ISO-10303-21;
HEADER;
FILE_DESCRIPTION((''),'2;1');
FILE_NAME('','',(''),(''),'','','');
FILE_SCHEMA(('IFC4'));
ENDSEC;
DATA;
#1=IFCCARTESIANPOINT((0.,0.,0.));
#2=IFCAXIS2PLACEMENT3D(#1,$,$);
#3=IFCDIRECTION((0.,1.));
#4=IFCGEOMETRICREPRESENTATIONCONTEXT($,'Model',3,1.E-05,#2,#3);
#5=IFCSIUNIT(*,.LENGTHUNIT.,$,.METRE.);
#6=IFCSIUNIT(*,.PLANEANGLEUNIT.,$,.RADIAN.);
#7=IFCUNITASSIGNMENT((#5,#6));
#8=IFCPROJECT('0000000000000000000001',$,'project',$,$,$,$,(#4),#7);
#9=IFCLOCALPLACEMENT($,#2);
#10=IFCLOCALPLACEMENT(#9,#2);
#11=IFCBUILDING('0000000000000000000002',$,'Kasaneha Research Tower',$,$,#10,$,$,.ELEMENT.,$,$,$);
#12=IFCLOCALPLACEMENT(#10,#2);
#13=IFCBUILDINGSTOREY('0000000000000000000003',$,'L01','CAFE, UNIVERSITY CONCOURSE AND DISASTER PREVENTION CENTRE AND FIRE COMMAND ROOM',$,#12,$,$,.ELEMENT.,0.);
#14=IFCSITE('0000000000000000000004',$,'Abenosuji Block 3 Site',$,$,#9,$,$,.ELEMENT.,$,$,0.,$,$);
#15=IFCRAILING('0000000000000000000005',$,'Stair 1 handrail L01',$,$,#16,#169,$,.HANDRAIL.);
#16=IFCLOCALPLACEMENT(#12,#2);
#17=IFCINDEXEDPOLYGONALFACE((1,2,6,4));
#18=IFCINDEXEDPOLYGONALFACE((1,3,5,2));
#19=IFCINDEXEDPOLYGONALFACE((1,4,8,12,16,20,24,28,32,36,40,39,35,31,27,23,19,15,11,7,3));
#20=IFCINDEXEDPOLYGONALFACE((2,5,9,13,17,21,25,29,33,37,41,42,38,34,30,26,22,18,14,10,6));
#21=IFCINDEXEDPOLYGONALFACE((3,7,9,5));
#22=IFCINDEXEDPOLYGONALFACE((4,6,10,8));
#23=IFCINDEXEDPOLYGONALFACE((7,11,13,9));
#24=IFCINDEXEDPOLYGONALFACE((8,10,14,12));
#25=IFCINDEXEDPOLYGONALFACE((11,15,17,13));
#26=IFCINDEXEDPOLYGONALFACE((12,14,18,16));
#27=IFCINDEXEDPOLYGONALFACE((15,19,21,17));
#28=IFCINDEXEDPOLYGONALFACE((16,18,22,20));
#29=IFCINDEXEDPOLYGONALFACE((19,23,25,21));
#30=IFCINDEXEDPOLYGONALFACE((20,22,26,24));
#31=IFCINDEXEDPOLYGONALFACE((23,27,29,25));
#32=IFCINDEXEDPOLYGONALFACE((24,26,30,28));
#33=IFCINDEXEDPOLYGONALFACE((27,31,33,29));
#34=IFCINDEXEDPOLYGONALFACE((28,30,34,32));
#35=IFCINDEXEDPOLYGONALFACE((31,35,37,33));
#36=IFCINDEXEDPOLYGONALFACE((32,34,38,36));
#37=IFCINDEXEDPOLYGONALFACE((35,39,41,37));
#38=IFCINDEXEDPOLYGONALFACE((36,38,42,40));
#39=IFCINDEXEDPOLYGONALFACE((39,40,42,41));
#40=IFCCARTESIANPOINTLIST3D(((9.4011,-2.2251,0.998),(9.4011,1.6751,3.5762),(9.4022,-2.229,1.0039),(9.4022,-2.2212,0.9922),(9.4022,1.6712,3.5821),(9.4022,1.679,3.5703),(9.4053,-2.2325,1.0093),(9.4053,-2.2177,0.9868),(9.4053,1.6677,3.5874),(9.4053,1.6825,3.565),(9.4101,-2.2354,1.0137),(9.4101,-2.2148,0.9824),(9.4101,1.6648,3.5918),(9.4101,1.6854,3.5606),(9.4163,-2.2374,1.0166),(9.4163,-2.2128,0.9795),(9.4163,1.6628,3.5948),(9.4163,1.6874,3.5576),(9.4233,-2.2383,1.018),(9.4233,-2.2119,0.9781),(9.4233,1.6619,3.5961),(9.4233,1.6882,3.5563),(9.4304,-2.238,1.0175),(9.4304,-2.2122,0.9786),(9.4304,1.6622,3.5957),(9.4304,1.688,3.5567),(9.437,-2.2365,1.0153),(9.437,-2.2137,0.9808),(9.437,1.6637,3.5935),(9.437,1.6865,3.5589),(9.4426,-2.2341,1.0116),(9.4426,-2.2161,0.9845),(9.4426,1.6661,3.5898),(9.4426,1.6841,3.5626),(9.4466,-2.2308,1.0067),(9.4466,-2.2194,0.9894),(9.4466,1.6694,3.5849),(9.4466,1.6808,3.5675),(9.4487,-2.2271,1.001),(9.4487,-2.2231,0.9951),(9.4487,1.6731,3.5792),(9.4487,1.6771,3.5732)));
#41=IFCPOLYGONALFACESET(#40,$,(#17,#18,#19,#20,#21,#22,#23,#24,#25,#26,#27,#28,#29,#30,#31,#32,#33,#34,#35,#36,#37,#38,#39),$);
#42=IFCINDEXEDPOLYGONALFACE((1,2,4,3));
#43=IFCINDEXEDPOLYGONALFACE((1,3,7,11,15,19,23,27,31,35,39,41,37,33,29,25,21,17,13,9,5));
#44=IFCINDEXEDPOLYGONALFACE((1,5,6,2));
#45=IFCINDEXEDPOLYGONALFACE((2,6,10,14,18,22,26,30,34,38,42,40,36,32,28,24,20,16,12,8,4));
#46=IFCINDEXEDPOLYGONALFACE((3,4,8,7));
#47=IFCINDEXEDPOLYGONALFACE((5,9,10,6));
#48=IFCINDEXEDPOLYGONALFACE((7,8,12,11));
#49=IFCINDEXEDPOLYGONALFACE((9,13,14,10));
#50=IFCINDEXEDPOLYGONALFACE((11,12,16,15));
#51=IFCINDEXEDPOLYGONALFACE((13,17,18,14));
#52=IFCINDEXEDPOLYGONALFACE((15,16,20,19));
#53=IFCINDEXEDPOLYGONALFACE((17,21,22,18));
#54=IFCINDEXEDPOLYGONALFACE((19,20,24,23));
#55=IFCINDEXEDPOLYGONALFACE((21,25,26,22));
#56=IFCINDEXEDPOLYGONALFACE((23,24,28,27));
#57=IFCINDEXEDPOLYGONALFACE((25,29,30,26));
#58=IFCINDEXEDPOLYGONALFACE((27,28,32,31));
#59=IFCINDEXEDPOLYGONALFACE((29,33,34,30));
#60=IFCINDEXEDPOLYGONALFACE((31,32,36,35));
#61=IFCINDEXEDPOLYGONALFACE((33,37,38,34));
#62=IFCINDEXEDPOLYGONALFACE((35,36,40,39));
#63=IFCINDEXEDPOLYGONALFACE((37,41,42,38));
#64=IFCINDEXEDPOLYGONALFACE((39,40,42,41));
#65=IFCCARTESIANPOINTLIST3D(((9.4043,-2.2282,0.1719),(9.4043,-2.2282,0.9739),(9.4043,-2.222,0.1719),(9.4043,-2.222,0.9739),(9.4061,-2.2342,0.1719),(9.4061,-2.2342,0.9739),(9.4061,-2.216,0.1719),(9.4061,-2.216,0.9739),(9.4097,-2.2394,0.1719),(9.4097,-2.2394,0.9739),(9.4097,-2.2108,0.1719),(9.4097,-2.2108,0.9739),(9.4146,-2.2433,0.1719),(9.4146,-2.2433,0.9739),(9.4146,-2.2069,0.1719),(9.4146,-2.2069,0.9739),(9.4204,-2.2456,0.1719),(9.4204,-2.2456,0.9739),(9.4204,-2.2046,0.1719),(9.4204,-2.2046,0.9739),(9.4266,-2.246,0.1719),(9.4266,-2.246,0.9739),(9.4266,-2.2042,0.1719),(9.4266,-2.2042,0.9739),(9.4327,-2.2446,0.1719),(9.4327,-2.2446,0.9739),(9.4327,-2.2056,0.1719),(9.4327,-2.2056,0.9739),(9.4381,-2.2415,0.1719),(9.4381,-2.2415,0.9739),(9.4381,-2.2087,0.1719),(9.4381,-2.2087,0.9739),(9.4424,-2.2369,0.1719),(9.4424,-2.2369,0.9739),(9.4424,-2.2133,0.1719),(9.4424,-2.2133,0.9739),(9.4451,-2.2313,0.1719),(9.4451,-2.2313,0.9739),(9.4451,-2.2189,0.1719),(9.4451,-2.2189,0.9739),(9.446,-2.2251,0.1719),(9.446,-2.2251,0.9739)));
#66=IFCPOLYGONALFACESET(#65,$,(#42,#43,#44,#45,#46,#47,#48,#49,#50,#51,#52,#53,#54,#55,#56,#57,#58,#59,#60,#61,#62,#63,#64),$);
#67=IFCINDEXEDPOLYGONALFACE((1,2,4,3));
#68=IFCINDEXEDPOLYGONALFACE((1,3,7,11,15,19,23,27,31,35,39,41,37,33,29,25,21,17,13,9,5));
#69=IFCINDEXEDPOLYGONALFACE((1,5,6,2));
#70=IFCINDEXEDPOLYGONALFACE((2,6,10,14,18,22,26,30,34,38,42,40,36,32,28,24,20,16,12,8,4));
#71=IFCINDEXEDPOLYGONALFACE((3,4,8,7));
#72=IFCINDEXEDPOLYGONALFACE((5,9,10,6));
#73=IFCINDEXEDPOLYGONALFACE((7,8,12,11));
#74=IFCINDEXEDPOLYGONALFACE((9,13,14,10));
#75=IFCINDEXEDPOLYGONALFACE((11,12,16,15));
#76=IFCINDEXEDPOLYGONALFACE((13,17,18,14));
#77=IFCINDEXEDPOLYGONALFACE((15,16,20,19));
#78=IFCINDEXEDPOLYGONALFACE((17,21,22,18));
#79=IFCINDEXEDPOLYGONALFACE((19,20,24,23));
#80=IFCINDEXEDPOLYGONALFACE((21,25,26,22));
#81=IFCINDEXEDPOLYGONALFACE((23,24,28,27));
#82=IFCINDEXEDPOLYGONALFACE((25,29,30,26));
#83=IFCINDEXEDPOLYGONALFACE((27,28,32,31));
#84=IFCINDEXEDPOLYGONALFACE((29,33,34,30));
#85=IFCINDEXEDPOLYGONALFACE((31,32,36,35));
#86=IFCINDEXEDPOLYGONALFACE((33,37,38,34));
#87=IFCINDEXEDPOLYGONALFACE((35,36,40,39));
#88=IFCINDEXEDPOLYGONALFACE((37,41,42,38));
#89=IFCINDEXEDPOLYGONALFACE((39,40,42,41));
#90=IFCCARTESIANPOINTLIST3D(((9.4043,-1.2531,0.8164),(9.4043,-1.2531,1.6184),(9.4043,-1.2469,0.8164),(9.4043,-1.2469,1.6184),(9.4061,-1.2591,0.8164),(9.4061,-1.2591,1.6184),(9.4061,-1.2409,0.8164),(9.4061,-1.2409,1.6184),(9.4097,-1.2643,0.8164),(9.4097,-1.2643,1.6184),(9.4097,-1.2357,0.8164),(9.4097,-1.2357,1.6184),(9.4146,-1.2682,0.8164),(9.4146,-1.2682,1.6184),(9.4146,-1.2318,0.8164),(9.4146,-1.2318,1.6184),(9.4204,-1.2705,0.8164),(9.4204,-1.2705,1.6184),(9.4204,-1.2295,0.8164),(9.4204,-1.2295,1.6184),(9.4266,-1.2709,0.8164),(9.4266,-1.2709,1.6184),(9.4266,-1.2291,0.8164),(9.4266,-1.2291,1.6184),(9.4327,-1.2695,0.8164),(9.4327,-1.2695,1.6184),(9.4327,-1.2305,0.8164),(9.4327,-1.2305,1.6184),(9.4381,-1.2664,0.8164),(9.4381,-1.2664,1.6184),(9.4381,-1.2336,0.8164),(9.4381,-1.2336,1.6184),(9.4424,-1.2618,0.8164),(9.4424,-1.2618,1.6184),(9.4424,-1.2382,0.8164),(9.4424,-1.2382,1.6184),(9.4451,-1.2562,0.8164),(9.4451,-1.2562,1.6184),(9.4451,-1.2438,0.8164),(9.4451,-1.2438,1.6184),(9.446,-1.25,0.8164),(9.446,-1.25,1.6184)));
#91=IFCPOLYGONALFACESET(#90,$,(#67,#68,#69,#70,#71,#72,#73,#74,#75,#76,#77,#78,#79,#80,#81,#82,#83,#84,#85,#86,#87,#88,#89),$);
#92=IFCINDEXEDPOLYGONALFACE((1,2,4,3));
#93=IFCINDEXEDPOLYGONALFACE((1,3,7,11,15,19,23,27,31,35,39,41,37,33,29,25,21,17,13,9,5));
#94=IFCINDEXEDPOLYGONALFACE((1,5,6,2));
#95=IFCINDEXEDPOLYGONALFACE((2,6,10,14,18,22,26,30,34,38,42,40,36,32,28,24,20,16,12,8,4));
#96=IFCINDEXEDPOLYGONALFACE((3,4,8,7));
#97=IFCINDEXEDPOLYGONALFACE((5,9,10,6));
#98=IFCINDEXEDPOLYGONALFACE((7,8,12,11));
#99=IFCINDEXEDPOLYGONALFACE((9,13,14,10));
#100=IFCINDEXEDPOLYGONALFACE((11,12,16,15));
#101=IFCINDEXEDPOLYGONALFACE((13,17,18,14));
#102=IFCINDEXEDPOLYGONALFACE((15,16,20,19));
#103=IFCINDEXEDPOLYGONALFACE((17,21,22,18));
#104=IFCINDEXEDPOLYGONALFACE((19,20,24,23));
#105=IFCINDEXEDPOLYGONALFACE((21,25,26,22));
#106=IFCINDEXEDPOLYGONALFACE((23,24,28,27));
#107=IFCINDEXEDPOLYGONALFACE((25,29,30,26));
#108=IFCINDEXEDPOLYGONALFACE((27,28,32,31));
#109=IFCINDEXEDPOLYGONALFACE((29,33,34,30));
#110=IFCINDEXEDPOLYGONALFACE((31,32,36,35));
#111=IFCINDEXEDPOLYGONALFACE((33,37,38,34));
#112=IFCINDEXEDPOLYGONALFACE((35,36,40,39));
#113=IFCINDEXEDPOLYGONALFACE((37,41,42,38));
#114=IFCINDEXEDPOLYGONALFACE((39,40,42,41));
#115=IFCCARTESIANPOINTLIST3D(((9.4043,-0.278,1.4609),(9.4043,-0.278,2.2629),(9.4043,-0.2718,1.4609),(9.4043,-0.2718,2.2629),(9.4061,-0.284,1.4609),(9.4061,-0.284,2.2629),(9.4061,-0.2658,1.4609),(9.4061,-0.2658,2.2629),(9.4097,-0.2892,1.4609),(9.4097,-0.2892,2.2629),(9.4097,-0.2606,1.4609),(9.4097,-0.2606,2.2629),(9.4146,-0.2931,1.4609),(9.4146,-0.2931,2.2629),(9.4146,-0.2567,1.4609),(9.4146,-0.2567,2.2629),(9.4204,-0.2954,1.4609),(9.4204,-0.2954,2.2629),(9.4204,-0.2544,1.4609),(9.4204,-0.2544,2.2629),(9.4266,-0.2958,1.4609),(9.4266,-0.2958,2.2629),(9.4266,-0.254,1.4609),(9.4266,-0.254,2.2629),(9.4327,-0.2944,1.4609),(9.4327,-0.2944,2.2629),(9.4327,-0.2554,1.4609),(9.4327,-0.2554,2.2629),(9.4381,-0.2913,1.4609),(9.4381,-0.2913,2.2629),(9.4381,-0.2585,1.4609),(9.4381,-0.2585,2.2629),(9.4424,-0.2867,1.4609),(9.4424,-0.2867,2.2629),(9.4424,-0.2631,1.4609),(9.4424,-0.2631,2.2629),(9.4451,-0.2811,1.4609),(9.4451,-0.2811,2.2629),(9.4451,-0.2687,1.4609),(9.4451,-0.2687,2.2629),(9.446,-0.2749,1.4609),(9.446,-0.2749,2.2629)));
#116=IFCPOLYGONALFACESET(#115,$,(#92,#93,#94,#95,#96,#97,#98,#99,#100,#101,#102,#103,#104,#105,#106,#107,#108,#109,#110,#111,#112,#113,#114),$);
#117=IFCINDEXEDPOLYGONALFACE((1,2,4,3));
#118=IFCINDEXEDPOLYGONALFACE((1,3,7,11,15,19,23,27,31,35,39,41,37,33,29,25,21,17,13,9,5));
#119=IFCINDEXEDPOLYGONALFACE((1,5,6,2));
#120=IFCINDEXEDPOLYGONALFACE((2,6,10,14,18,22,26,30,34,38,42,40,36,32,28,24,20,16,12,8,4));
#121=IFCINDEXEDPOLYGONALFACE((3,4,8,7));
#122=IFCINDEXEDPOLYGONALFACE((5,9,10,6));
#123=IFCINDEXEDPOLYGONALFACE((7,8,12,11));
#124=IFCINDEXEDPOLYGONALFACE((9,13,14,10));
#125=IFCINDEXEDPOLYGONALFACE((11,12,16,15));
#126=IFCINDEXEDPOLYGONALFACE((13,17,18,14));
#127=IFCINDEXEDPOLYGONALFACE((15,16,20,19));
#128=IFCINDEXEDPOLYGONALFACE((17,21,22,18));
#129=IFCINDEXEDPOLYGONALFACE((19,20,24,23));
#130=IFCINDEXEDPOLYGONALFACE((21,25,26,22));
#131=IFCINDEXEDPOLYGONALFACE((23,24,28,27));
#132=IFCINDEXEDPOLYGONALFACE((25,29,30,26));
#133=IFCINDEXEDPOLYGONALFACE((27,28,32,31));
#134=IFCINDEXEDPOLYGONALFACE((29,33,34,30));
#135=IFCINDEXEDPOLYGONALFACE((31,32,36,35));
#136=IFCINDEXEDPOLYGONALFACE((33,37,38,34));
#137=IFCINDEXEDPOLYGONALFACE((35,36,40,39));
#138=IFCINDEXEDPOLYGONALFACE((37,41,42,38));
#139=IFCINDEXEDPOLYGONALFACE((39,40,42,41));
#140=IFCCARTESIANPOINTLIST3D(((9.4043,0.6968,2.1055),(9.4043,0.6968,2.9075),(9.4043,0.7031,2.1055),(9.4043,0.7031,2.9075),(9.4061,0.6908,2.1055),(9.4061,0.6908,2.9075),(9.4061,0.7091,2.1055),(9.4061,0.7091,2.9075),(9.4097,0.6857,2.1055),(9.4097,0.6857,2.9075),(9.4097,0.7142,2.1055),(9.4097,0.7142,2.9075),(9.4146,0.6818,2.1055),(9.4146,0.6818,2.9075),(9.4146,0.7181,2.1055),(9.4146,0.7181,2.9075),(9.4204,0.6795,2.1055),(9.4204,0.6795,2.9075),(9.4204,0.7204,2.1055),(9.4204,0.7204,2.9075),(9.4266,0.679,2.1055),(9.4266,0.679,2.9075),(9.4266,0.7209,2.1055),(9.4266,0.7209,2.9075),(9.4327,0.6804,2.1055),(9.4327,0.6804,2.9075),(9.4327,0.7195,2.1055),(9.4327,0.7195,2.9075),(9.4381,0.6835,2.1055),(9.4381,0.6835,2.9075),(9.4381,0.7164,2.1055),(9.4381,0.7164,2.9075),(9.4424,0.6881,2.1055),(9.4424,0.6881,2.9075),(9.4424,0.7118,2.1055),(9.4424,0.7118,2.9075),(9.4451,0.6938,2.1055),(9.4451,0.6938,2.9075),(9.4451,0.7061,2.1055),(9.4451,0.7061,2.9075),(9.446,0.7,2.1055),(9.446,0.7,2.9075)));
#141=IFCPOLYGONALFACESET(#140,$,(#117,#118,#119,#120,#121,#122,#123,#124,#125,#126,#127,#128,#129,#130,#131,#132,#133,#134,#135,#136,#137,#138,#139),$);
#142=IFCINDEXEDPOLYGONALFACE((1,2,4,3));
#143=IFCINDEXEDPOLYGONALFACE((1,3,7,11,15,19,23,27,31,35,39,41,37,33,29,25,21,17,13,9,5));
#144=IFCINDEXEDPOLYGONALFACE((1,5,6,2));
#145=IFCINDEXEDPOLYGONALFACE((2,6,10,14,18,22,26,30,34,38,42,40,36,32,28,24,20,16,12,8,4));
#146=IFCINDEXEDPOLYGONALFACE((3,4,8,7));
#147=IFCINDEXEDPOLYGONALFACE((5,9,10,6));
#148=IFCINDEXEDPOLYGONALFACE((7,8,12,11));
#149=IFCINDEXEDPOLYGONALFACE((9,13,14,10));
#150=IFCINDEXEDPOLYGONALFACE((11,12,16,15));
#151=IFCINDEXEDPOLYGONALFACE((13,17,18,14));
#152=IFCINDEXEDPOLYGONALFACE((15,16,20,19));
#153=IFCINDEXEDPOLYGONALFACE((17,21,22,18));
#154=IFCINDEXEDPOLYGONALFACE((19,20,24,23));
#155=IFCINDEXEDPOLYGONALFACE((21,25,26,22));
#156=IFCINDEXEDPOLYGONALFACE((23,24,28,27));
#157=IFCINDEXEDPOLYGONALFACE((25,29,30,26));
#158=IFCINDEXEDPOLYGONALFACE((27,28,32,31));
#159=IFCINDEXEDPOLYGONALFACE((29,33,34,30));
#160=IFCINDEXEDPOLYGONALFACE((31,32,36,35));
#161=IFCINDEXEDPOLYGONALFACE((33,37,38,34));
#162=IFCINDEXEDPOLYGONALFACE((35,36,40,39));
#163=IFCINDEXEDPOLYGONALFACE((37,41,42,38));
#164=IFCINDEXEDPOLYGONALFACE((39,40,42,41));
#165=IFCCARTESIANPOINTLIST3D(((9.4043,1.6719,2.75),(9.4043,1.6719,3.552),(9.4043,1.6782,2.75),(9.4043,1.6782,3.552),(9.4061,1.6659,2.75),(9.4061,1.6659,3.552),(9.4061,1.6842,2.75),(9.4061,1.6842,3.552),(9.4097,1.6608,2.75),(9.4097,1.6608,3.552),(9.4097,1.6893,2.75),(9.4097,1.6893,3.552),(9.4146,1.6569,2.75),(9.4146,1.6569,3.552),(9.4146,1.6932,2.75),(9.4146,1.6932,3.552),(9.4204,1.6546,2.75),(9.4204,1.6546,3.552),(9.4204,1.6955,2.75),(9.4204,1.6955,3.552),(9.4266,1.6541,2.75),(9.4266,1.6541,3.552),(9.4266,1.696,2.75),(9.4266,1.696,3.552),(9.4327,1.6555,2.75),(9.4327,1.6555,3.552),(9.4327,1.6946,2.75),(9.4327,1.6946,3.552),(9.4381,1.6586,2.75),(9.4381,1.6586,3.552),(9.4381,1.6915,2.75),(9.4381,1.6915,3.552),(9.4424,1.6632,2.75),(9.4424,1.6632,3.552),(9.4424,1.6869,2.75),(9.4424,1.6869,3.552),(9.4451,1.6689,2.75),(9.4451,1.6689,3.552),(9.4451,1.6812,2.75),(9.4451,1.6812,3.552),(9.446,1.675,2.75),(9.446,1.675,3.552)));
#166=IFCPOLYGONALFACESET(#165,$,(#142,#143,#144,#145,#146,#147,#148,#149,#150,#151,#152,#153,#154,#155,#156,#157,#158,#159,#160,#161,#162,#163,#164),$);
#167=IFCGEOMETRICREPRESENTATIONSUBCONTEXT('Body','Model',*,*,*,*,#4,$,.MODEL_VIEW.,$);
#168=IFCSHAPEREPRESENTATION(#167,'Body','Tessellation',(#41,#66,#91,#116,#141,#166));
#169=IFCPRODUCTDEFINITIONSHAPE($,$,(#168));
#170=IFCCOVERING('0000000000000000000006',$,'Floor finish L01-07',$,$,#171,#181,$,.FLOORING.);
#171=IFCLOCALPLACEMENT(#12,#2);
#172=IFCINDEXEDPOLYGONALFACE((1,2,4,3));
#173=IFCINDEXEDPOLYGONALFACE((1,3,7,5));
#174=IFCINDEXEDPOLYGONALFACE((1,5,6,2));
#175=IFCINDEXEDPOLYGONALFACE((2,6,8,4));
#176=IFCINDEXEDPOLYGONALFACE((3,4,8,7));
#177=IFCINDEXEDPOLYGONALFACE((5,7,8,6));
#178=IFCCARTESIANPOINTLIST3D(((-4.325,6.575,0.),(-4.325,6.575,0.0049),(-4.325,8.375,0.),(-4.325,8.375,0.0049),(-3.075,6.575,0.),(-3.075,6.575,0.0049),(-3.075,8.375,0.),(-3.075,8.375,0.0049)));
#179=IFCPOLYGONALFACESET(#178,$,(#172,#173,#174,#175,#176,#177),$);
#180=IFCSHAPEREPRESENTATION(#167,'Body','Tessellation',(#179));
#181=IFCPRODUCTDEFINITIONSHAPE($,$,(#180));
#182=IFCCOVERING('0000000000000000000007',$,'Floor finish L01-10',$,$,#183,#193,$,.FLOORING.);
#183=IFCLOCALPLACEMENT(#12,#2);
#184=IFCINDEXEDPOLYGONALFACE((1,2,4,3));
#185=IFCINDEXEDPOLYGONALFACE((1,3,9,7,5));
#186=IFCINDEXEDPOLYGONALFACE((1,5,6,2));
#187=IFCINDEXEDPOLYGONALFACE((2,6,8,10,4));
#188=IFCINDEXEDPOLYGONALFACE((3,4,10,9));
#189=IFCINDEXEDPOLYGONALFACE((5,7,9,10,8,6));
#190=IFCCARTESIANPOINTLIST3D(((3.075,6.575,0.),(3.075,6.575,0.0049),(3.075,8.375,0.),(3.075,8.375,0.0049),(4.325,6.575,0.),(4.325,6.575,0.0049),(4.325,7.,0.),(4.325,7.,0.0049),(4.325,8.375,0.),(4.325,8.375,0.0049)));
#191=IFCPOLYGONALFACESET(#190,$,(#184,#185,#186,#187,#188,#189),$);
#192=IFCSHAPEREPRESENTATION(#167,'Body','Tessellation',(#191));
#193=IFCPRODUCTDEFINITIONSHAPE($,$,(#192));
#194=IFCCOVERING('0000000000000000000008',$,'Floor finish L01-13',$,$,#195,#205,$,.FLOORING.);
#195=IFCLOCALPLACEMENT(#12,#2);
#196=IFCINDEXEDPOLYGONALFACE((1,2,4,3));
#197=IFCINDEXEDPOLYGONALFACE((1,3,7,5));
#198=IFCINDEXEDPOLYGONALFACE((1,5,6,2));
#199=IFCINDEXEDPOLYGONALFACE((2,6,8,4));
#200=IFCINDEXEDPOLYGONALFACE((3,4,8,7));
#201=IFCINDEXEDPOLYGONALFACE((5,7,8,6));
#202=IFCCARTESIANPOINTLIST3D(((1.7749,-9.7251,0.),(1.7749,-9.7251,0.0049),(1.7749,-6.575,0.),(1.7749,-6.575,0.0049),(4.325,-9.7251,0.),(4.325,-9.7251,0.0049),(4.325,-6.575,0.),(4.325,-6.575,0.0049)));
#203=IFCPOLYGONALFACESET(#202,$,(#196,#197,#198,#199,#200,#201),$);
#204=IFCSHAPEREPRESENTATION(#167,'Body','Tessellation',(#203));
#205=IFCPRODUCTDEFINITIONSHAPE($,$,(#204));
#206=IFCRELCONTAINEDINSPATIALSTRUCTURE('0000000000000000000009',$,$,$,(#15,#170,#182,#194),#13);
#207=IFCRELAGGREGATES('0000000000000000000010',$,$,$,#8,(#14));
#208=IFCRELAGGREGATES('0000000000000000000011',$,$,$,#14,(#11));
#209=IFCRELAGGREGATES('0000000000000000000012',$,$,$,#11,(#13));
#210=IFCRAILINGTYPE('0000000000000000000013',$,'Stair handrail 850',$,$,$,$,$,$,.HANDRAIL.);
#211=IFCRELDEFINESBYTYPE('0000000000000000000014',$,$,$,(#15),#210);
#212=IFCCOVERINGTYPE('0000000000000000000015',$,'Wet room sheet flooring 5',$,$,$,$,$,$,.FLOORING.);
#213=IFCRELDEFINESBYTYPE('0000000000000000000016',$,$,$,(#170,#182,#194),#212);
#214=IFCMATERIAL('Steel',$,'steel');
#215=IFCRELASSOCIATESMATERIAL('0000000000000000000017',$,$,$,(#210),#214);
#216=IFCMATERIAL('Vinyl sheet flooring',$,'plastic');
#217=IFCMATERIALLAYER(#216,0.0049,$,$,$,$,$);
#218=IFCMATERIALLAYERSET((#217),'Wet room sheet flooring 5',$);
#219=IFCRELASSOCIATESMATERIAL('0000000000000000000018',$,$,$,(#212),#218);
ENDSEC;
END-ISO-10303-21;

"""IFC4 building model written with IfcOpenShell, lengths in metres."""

from ifc_helpers import new_model, si_unit, direction, frame, origin, origin_2d, place, context, subcontext, project, spatial, polyline, circle, outline, extrude, material, layer, layer_set, type_object, element, save


model = new_model("IFC4")

# Units and contexts
model_context = context("Model", 3, precision=1e-05, world=origin(), true_north=direction((0.0, 1.0)))
body_context = subcontext(model_context, "Body", "Model", "MODEL_VIEW")
ifc_project = project(units=[si_unit("LENGTHUNIT", "METRE"), si_unit("PLANEANGLEUNIT", "RADIAN")], contexts=[model_context])

# Site, building, storey
site_placement = place(None, origin())
site = spatial("IfcSite", under=ifc_project, at=site_placement, Name="Abenosuji Block 3 Site", CompositionType="ELEMENT", RefElevation=0.0)
building_placement = place(site_placement, origin())
building = spatial("IfcBuilding", under=site, at=building_placement, Name="Kasaneha Research Tower", CompositionType="ELEMENT")
storey_placement = place(building_placement, origin())
storey = spatial("IfcBuildingStorey", under=building, at=storey_placement, Name="L01", Description="CAFE, UNIVERSITY CONCOURSE AND DISASTER PREVENTION CENTRE AND FIRE COMMAND ROOM", CompositionType="ELEMENT", Elevation=0.0)

# Railing
ifc_material_1 = material(Name="Steel", Category="steel")
railing_type = type_object("IfcRailingType", Name="Stair handrail 850", PredefinedType="HANDRAIL", material=ifc_material_1)
railing_placement = place(storey_placement, frame((9.425, -2.2251, 0.1719)))
element("IfcRailing", 1, at=railing_placement, inside=storey, type_object=railing_type, Name="Stair 1 handrail L01", PredefinedType="HANDRAIL", context=body_context, shape_type="SweptSolid", body=[
    extrude(circle(Radius=0.0239, at=origin_2d()), frame((0.0, 0.0, 0.8262), z_axis=(0.0, 0.834213, 0.551442), x_axis=(-1.0, 0.0, 0.0)), (0.0, 0.0, 1.0), 4.6753),
    extrude(circle(Radius=0.021, at=origin_2d()), origin(), (0.0, 0.0, 1.0), 0.802),
    extrude(circle(Radius=0.021, at=origin_2d()), frame((0.0, 0.9751, 0.6445)), (0.0, 0.0, 1.0), 0.802),
    extrude(circle(Radius=0.021, at=origin_2d()), frame((0.0, 1.9502, 1.2891)), (0.0, 0.0, 1.0), 0.802),
    extrude(circle(Radius=0.021, at=origin_2d()), frame((0.0, 2.925, 1.9336)), (0.0, 0.0, 1.0), 0.802),
    extrude(circle(Radius=0.021, at=origin_2d()), frame((0.0, 3.9001, 2.5781)), (0.0, 0.0, 1.0), 0.802),
])

# Coverings
ifc_material_2 = material(Name="Vinyl sheet flooring", Category="plastic")
ifc_layer_1 = layer(ifc_material_2, 0.0049)
ifc_layer_set_1 = layer_set([ifc_layer_1], Name="Wet room sheet flooring 5")
covering_type_1 = type_object("IfcCoveringType", Name="Wet room sheet flooring 5", PredefinedType="FLOORING", material=ifc_layer_set_1)
covering_1_placement = place(storey_placement, origin())
element("IfcCovering", 2, at=covering_1_placement, inside=storey, type_object=covering_type_1, Name="Floor finish L01-07", PredefinedType="FLOORING", context=body_context, shape_type="SweptSolid", body=[
    extrude(outline(polyline([(-4.325, 6.575), (-4.325, 8.375), (-3.075, 8.375), (-3.075, 6.575), (-4.325, 6.575)])), origin(), (0.0, 0.0, 1.0), 0.0049),
])
covering_2_placement = place(storey_placement, origin())
element("IfcCovering", 3, at=covering_2_placement, inside=storey, type_object=covering_type_1, Name="Floor finish L01-10", PredefinedType="FLOORING", context=body_context, shape_type="SweptSolid", body=[
    extrude(outline(polyline([(3.075, 6.575), (3.075, 8.375), (4.325, 8.375), (4.325, 7.0), (4.325, 6.575), (3.075, 6.575)])), origin(), (0.0, 0.0, 1.0), 0.0049),
])
covering_3_placement = place(storey_placement, origin())
element("IfcCovering", 4, at=covering_3_placement, inside=storey, type_object=covering_type_1, Name="Floor finish L01-13", PredefinedType="FLOORING", context=body_context, shape_type="SweptSolid", body=[
    extrude(outline(polyline([(1.7749, -9.7251), (1.7749, -6.575), (4.325, -6.575), (4.325, -9.7251), (1.7749, -9.7251)])), origin(), (0.0, 0.0, 1.0), 0.0049),
])

save(model, "model.ifc")
